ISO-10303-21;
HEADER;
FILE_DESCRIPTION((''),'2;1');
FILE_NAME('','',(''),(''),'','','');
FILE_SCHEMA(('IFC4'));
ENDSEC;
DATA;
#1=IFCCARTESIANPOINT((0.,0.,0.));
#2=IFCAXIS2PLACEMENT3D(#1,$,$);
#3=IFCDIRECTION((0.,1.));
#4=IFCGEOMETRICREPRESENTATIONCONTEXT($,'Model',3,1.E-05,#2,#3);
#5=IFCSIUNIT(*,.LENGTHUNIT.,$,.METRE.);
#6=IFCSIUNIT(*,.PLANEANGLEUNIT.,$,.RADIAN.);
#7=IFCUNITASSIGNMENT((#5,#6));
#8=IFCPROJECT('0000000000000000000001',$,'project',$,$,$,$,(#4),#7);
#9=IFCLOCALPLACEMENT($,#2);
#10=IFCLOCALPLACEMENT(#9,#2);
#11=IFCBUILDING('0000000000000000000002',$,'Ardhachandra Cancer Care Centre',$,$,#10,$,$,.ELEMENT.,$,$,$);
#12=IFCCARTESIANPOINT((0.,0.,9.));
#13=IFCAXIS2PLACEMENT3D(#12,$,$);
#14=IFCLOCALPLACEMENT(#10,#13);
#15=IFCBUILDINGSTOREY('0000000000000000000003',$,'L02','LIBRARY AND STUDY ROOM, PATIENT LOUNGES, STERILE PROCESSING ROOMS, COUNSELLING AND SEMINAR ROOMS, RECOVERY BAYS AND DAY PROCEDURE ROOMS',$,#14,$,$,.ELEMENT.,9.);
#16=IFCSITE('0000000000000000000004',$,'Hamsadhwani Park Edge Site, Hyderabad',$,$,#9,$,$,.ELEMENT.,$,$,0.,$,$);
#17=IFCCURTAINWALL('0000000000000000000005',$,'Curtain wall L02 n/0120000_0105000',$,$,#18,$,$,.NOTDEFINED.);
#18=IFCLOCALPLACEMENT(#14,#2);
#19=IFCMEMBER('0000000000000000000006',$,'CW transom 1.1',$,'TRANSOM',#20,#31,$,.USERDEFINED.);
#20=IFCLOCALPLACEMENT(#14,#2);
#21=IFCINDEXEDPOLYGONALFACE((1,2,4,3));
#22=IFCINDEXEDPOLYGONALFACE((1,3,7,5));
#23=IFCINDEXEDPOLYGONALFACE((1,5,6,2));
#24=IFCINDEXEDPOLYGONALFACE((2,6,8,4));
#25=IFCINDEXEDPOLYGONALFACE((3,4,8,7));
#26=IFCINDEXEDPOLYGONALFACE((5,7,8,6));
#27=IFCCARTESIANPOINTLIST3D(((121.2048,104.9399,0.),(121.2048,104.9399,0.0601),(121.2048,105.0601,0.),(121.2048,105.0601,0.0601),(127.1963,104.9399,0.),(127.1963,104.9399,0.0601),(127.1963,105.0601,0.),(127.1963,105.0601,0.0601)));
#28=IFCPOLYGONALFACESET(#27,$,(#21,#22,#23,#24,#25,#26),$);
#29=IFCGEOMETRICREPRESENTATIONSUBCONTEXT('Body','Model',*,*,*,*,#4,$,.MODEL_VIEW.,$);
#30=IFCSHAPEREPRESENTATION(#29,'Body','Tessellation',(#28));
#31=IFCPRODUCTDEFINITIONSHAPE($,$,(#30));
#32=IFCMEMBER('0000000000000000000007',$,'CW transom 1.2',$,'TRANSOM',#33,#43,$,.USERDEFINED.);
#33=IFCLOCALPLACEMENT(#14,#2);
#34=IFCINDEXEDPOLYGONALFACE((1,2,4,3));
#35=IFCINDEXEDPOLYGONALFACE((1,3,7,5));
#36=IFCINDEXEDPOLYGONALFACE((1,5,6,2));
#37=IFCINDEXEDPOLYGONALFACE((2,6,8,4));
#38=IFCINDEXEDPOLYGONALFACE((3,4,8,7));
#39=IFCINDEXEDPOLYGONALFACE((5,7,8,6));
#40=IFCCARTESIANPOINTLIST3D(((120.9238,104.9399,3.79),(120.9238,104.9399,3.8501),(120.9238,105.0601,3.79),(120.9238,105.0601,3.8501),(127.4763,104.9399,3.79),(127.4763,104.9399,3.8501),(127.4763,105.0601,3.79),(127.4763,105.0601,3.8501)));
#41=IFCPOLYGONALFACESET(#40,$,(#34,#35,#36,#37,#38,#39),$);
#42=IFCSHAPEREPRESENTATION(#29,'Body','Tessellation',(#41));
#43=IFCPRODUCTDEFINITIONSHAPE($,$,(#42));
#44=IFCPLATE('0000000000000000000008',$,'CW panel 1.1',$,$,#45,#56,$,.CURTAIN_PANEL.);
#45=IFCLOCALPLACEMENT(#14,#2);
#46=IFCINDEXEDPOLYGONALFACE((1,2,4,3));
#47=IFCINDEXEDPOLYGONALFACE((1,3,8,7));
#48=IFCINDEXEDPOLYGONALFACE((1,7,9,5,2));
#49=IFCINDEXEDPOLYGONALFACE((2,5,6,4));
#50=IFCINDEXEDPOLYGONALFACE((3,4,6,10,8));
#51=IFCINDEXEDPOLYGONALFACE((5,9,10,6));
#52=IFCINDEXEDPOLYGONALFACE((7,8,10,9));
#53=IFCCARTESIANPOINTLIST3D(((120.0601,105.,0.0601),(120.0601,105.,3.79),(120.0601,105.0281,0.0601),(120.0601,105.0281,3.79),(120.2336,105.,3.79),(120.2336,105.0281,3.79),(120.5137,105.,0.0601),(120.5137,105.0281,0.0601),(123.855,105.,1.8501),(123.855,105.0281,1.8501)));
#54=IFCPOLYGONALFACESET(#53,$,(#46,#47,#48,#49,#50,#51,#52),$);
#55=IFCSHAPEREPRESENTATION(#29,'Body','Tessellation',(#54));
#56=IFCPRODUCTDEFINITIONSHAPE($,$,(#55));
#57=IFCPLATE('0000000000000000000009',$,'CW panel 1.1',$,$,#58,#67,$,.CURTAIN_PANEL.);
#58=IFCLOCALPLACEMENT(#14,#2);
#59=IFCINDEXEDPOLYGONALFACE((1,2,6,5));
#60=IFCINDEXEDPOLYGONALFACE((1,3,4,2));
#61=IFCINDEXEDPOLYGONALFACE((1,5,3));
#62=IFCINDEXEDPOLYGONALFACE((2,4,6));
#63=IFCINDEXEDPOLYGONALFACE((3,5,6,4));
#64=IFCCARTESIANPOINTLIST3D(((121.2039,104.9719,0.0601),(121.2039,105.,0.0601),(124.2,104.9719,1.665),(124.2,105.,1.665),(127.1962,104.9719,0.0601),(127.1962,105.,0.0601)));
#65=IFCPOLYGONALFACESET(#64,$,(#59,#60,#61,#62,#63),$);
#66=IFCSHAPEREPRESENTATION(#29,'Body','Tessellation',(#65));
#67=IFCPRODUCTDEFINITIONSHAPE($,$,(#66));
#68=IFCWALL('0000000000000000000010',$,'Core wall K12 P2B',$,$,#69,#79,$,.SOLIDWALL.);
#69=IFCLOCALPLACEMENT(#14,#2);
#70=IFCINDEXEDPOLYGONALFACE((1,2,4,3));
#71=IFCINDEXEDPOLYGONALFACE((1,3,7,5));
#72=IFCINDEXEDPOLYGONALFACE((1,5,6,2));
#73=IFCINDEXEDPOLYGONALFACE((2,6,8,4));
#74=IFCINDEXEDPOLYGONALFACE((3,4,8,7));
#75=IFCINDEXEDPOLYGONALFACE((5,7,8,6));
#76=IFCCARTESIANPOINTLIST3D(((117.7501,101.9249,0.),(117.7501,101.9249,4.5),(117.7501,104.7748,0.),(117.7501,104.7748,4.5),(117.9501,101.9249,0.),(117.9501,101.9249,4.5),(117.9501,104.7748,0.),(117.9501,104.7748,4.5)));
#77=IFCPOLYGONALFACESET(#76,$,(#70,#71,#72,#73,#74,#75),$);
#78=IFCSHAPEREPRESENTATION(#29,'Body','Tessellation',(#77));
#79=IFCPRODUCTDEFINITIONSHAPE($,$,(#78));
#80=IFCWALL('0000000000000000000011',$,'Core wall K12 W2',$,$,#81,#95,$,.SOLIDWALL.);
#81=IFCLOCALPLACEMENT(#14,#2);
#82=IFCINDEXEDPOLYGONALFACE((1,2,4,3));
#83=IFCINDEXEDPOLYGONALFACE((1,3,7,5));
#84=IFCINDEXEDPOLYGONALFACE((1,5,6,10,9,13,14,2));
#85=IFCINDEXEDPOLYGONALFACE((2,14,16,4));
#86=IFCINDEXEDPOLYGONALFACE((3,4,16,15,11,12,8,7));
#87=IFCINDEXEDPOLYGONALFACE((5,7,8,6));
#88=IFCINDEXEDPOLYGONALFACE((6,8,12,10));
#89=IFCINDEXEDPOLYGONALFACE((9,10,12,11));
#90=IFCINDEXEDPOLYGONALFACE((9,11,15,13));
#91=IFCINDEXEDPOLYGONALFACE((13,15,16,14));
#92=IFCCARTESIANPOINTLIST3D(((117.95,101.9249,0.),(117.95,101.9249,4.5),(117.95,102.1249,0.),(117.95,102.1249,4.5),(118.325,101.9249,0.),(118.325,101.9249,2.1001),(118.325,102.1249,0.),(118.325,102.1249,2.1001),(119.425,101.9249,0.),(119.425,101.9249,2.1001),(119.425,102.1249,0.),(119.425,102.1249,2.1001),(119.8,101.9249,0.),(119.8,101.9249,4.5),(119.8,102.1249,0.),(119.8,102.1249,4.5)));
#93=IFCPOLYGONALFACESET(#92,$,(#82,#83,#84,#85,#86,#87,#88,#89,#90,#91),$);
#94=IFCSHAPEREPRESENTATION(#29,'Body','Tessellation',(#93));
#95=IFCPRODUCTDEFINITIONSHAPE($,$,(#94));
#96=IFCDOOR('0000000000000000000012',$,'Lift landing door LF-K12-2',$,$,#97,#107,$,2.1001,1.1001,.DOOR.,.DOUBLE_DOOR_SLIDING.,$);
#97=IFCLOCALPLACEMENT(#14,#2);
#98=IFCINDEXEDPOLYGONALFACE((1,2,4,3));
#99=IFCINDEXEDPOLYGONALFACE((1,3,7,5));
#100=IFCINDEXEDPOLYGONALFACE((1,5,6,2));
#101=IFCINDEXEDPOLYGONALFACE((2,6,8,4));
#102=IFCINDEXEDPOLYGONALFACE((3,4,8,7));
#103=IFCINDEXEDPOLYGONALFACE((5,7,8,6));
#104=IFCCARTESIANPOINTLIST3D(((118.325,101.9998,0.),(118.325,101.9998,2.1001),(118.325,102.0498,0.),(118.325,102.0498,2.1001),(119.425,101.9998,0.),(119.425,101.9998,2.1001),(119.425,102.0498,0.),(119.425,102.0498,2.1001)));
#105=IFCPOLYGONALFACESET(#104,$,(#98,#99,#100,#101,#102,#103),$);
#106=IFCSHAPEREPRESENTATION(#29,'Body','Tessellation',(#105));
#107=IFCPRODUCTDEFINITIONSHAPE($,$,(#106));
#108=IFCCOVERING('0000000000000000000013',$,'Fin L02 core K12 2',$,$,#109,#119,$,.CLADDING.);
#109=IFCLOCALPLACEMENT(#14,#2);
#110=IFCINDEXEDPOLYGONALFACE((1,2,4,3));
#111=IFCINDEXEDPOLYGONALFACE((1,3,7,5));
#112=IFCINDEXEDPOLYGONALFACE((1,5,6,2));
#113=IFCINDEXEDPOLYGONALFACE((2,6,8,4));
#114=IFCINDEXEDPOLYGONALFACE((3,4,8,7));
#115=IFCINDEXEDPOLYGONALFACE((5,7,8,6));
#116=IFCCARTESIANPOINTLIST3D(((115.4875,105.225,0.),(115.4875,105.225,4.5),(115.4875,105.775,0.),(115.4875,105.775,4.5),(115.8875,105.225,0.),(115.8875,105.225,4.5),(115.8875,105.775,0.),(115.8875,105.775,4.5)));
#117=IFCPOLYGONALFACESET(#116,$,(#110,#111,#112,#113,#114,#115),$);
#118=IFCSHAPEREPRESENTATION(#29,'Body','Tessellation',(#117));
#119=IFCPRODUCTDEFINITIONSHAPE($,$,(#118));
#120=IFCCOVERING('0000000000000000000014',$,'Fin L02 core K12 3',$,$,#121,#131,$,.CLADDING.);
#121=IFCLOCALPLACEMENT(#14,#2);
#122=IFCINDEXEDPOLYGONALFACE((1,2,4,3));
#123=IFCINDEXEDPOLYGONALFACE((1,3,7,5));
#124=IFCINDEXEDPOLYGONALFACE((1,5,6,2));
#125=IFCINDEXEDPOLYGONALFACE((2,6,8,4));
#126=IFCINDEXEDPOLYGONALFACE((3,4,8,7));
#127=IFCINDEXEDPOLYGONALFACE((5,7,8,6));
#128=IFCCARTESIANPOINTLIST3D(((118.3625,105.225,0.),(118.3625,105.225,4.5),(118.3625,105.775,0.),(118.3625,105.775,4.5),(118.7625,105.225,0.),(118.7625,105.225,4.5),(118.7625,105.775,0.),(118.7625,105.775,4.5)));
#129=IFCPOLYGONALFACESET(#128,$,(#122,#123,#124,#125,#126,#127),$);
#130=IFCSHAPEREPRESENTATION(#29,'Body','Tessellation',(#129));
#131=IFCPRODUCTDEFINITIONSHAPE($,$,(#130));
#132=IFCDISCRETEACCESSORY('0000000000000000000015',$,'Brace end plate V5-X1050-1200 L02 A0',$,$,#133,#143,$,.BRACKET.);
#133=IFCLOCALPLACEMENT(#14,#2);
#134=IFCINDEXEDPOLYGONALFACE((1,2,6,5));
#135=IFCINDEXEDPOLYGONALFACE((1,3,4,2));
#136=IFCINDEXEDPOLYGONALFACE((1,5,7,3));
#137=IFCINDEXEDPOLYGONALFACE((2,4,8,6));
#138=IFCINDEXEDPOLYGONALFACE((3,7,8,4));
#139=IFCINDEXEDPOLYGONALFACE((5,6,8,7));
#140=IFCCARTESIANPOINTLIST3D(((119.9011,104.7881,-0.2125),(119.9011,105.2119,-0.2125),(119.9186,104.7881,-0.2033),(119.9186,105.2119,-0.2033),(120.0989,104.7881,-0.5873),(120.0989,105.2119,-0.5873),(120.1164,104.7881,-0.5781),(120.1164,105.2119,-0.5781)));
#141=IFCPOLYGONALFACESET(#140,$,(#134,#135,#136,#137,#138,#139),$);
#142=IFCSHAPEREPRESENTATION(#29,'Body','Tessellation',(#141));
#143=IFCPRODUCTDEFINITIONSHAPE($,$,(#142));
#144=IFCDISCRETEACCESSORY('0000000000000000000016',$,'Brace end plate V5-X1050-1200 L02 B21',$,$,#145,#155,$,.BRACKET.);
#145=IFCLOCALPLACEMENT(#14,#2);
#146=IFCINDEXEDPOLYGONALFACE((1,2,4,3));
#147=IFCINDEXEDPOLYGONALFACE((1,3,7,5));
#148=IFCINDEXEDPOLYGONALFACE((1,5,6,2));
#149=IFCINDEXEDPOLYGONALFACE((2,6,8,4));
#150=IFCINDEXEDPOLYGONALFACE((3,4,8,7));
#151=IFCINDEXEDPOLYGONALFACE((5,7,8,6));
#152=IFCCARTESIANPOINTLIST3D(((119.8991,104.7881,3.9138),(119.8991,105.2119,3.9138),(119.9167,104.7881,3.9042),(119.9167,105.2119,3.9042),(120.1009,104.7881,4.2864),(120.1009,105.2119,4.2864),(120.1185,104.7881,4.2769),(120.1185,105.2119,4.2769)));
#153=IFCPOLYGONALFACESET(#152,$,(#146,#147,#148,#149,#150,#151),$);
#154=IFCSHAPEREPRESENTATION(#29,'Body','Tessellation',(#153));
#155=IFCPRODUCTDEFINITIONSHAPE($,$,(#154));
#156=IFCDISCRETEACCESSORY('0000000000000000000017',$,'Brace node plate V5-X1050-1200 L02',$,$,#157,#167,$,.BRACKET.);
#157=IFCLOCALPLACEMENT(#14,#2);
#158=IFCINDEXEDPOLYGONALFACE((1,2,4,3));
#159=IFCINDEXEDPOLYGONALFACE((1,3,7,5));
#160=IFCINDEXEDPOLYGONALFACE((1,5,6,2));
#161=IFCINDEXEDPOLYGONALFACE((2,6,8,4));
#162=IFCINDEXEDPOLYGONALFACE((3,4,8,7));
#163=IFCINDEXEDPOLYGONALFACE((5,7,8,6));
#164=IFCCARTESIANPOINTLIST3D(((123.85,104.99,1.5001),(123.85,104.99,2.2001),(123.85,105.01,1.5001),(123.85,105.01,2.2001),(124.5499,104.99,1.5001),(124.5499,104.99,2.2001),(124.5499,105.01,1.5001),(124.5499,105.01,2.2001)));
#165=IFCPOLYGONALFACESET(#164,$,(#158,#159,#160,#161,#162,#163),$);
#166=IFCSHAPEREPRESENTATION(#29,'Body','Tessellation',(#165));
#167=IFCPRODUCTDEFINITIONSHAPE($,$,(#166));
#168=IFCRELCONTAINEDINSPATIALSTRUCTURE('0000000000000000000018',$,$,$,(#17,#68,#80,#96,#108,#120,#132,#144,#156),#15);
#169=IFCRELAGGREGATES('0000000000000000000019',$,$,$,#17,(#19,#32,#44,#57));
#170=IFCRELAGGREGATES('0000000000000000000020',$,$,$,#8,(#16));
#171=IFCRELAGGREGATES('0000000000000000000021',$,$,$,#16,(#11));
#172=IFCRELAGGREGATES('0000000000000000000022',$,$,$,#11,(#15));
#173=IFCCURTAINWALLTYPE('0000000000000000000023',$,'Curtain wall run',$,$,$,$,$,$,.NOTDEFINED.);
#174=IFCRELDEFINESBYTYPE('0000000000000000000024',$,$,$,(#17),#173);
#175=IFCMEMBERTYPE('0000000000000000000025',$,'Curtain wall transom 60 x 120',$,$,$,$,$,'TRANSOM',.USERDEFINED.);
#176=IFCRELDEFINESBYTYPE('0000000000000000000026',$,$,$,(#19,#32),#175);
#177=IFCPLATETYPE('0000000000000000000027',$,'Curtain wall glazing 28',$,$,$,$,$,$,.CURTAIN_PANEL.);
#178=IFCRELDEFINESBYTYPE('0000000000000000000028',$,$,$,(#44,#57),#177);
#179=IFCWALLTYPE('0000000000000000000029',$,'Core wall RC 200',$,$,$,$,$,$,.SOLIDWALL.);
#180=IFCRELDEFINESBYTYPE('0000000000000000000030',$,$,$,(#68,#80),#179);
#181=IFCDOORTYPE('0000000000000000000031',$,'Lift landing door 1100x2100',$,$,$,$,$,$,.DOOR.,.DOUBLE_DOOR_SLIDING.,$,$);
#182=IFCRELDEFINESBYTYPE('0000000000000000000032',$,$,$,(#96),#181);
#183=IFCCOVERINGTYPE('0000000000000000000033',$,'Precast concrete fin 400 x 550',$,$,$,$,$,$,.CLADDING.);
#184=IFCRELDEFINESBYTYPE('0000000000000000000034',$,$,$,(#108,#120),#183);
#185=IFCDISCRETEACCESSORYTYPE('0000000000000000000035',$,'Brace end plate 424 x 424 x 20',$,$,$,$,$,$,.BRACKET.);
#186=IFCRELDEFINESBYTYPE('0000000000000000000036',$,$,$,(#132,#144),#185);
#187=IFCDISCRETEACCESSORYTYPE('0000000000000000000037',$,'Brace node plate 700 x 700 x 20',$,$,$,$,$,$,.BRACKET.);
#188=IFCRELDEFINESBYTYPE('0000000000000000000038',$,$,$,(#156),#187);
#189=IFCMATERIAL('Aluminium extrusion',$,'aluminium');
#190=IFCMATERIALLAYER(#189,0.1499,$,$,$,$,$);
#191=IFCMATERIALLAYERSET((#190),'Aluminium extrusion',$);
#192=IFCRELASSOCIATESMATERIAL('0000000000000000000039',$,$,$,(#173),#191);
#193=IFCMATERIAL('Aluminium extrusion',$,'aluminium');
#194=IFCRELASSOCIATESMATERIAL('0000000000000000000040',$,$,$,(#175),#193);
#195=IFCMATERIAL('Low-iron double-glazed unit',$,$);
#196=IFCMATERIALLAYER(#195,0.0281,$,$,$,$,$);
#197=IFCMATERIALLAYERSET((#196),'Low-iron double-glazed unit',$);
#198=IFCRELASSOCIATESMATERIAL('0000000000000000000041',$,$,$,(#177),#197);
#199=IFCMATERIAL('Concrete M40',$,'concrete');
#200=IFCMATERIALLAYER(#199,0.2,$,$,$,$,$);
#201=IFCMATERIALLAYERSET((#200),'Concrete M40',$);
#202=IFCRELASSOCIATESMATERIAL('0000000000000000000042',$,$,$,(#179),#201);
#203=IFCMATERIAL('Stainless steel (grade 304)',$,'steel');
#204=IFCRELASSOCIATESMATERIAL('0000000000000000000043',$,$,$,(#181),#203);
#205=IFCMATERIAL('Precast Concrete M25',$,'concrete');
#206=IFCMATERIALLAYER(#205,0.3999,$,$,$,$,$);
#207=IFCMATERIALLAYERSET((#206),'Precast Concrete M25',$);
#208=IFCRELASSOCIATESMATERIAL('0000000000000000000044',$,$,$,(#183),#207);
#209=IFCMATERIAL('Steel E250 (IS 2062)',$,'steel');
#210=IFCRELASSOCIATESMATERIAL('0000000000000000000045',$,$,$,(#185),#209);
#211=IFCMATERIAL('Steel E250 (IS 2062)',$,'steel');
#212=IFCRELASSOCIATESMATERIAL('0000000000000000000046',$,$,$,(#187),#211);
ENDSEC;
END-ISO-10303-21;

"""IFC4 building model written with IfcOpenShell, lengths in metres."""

from ifc_helpers import new_model, si_unit, direction, frame, frame_2d, origin, origin_2d, place, context, subcontext, project, spatial, polyline, rectangle, outline, extrude, material, layer, layer_set, material_profile, profile_set, type_object, element, fill, aggregate, save


model = new_model("IFC4")

# Units and contexts
model_context = context("Model", 3, precision=1e-05, world=origin(), true_north=direction((0.0, 1.0)))
body_context = subcontext(model_context, "Body", "Model", "MODEL_VIEW")
ifc_project = project(units=[si_unit("LENGTHUNIT", "METRE"), si_unit("PLANEANGLEUNIT", "RADIAN")], contexts=[model_context])

# Site, building, storey
site_placement = place(None, origin())
site = spatial("IfcSite", under=ifc_project, at=site_placement, Name="Hamsadhwani Park Edge Site, Hyderabad", CompositionType="ELEMENT", RefElevation=0.0)
building_placement = place(site_placement, origin())
building = spatial("IfcBuilding", under=site, at=building_placement, Name="Ardhachandra Cancer Care Centre", CompositionType="ELEMENT")
storey_placement = place(building_placement, frame((0.0, 0.0, 9.0)))
storey = spatial("IfcBuildingStorey", under=building, at=storey_placement, Name="L02", Description="LIBRARY AND STUDY ROOM, PATIENT LOUNGES, STERILE PROCESSING ROOMS, COUNSELLING AND SEMINAR ROOMS, RECOVERY BAYS AND DAY PROCEDURE ROOMS", CompositionType="ELEMENT", Elevation=9.0)

# Curtain wall, members, plates
ifc_material_1 = material(Name="Aluminium extrusion", Category="aluminium")
ifc_layer_1 = layer(ifc_material_1, 0.1499)
ifc_layer_set_1 = layer_set([ifc_layer_1], Name="Aluminium extrusion")
curtain_wall_type = type_object("IfcCurtainWallType", Name="Curtain wall run", PredefinedType="NOTDEFINED", material=ifc_layer_set_1)
curtain_wall_placement = place(storey_placement, origin())
curtain_wall = element("IfcCurtainWall", 1, at=curtain_wall_placement, inside=storey, type_object=curtain_wall_type, Name="Curtain wall L02 n/0120000_0105000", PredefinedType="NOTDEFINED")
ifc_material_2 = material(Name="Aluminium extrusion", Category="aluminium")
ifc_material_profile_1 = material_profile(ifc_material_2, rectangle(XDim=0.1201, YDim=0.0601, at=origin_2d()), Name="Curtain wall transom 60 x 120")
ifc_profile_set_1 = profile_set([ifc_material_profile_1], Name="Aluminium extrusion")
member_type_1 = type_object("IfcMemberType", Name="Curtain wall transom 60 x 120", ElementType="TRANSOM", PredefinedType="USERDEFINED", material=ifc_profile_set_1)
member_1_placement = place(storey_placement, frame((121.2048, 105.0, 0.03), z_axis=(1.0, 0.0, 0.0), x_axis=(0.0, 1.0, 0.0)))
member_1 = element("IfcMember", 2, at=member_1_placement, type_object=member_type_1, Name="CW transom 1.1", ObjectType="TRANSOM", PredefinedType="USERDEFINED", context=body_context, shape_type="SweptSolid", body=[
    extrude(rectangle(XDim=0.1201, YDim=0.0601, at=origin_2d()), origin(), (0.0, 0.0, 1.0), 5.9915),
])
member_2_placement = place(storey_placement, frame((120.9238, 105.0, 3.8201), z_axis=(1.0, 0.0, 0.0), x_axis=(0.0, 1.0, 0.0)))
member_2 = element("IfcMember", 3, at=member_2_placement, type_object=member_type_1, Name="CW transom 1.2", ObjectType="TRANSOM", PredefinedType="USERDEFINED", context=body_context, shape_type="SweptSolid", body=[
    extrude(rectangle(XDim=0.1201, YDim=0.0601, at=origin_2d()), origin(), (0.0, 0.0, 1.0), 6.5525),
])
ifc_material_3 = material(Name="Low-iron double-glazed unit")
ifc_layer_2 = layer(ifc_material_3, 0.0281)
ifc_layer_set_2 = layer_set([ifc_layer_2], Name="Low-iron double-glazed unit")
plate_type = type_object("IfcPlateType", Name="Curtain wall glazing 28", PredefinedType="CURTAIN_PANEL", material=ifc_layer_set_2)
plate_1_placement = place(storey_placement, frame((120.0601, 105.0, 0.0601), z_axis=(0.0, 1.0, 0.0), x_axis=(0.0, 0.0, 1.0)))
plate_1 = element("IfcPlate", 4, at=plate_1_placement, type_object=plate_type, Name="CW panel 1.1", PredefinedType="CURTAIN_PANEL", context=body_context, shape_type="SweptSolid", body=[
    extrude(outline(polyline([(0.0, 0.0), (3.73, 0.0), (3.73, 0.1736), (1.79, 3.7949), (0.0, 0.4536), (0.0, 0.0)])), origin(), (0.0, 0.0, 1.0), 0.0281),
])
plate_2_placement = place(storey_placement, frame((121.2039, 105.0, 0.0601), z_axis=(0.0, 1.0, 0.0), x_axis=(0.881489, 0.0, 0.472205)))
plate_2 = element("IfcPlate", 5, at=plate_2_placement, type_object=plate_type, Name="CW panel 1.1", PredefinedType="CURTAIN_PANEL", context=body_context, shape_type="SweptSolid", body=[
    extrude(outline(polyline([(0.0, 0.0), (3.3989, 0.0), (5.2822, 2.8296), (0.0, 0.0)])), frame((0.0, 0.0, -0.0281)), (0.0, 0.0, 1.0), 0.0281),
])
aggregate(curtain_wall, [member_1, member_2, plate_1, plate_2])

# Wall
ifc_material_4 = material(Name="Concrete M40", Category="concrete")
ifc_layer_3 = layer(ifc_material_4, 0.2)
ifc_layer_set_3 = layer_set([ifc_layer_3], Name="Concrete M40")
wall_type = type_object("IfcWallType", Name="Core wall RC 200", PredefinedType="SOLIDWALL", material=ifc_layer_set_3)
wall_1_placement = place(storey_placement, frame((117.8501, 101.925, 0.0), z_axis=(0.0, 0.0, 1.0), x_axis=(0.0, 1.0, 0.0)))
element("IfcWall", 6, at=wall_1_placement, inside=storey, type_object=wall_type, Name="Core wall K12 P2B", PredefinedType="SOLIDWALL", context=body_context, shape_type="SweptSolid", body=[
    extrude(rectangle(XDim=2.8499, YDim=0.2, at=frame_2d((1.4248, 0.0))), origin(), (0.0, 0.0, 1.0), 4.5),
])

# Wall, opening, door
wall_2_placement = place(storey_placement, frame((117.95, 102.0249, 0.0), z_axis=(0.0, 0.0, 1.0), x_axis=(1.0, 0.0, 0.0)))
wall_2 = element("IfcWall", 7, at=wall_2_placement, inside=storey, type_object=wall_type, Name="Core wall K12 W2", PredefinedType="SOLIDWALL", context=body_context, shape_type="SweptSolid", body=[
    extrude(rectangle(XDim=1.8501, YDim=0.2, at=frame_2d((0.925, 0.0))), origin(), (0.0, 0.0, 1.0), 4.5),
])
opening_placement = place(wall_2_placement, frame((0.375, 0.0, 0.0)))
opening = element("IfcOpeningElement", 8, at=opening_placement, cuts=wall_2, PredefinedType="OPENING", context=body_context, shape_type="SweptSolid", body=[
    extrude(rectangle(XDim=1.1001, YDim=2.1001, at=frame_2d((0.55, 1.05))), frame((0.0, 0.1099, 0.0), z_axis=(0.0, -1.0, 0.0), x_axis=(1.0, 0.0, 0.0)), (0.0, 0.0, 1.0), 0.22),
])
ifc_material_5 = material(Name="Stainless steel (grade 304)", Category="steel")
door_type = type_object("IfcDoorType", Name="Lift landing door 1100x2100", OperationType="DOUBLE_DOOR_SLIDING", PredefinedType="DOOR", material=ifc_material_5)
door_placement = place(opening_placement, origin())
door = element("IfcDoor", 9, at=door_placement, inside=storey, type_object=door_type, Name="Lift landing door LF-K12-2", OperationType="DOUBLE_DOOR_SLIDING", OverallHeight=2.1001, OverallWidth=1.1001, PredefinedType="DOOR", context=body_context, shape_type="SweptSolid", body=[
    extrude(rectangle(XDim=1.1001, YDim=2.1001, at=frame_2d((0.55, 1.05))), frame((0.0, 0.0249, 0.0), z_axis=(0.0, -1.0, 0.0), x_axis=(1.0, 0.0, 0.0)), (0.0, 0.0, 1.0), 0.05),
])
fill(opening, door)

# Coverings
ifc_material_6 = material(Name="Precast Concrete M25", Category="concrete")
ifc_layer_4 = layer(ifc_material_6, 0.3999)
ifc_layer_set_4 = layer_set([ifc_layer_4], Name="Precast Concrete M25")
covering_type = type_object("IfcCoveringType", Name="Precast concrete fin 400 x 550", PredefinedType="CLADDING", material=ifc_layer_set_4)
for number, where, z_axis, x_axis, name in (
    (10, (115.6875, 105.5, 0.0), (0.0, 0.0, 1.0), (1.0, 0.0, 0.0), "Fin L02 core K12 2"),
    (11, (118.5625, 105.5, 0.0), (0.0, 0.0, 1.0), (1.0, 0.0, 0.0), "Fin L02 core K12 3"),
):
    element("IfcCovering", number, at=place(storey_placement, frame(where, z_axis=z_axis, x_axis=x_axis)), inside=storey, type_object=covering_type, Name=name, PredefinedType="CLADDING", context=body_context, shape_type="SweptSolid", body=[
        extrude(rectangle(XDim=0.3999, YDim=0.55, at=origin_2d()), origin(), (0.0, 0.0, 1.0), 4.5),
    ])

# Discrete accessories
ifc_material_7 = material(Name="Steel E250 (IS 2062)", Category="steel")
ifc_material_profile_2 = material_profile(ifc_material_7, rectangle(XDim=0.4238, YDim=0.4238, at=origin_2d()), Name="PL 424x424x20")
ifc_profile_set_2 = profile_set([ifc_material_profile_2], Name="Steel E250 (IS 2062)")
discrete_accessory_type_1 = type_object("IfcDiscreteAccessoryType", Name="Brace end plate 424 x 424 x 20", PredefinedType="BRACKET", material=ifc_profile_set_2)
discrete_accessory_1_placement = place(storey_placement, frame((120.0, 105.0, -0.3999), z_axis=(0.884385, 0.0, 0.466759), x_axis=(0.0, 1.0, 0.0)))
element("IfcDiscreteAccessory", 12, at=discrete_accessory_1_placement, inside=storey, type_object=discrete_accessory_type_1, Name="Brace end plate V5-X1050-1200 L02 A0", PredefinedType="BRACKET", context=body_context, shape_type="SweptSolid", body=[
    extrude(rectangle(XDim=0.4238, YDim=0.4238, at=origin_2d()), origin(), (0.0, 0.0, 1.0), 0.0198),
])
discrete_accessory_2_placement = place(storey_placement, frame((120.0, 105.0, 4.1001), z_axis=(0.879292, 0.0, -0.476283), x_axis=(0.0, 1.0, 0.0)))
element("IfcDiscreteAccessory", 13, at=discrete_accessory_2_placement, inside=storey, type_object=discrete_accessory_type_1, Name="Brace end plate V5-X1050-1200 L02 B21", PredefinedType="BRACKET", context=body_context, shape_type="SweptSolid", body=[
    extrude(rectangle(XDim=0.4238, YDim=0.4238, at=origin_2d()), origin(), (0.0, 0.0, 1.0), 0.02),
])
ifc_material_8 = material(Name="Steel E250 (IS 2062)", Category="steel")
ifc_material_profile_3 = material_profile(ifc_material_8, rectangle(XDim=0.7, YDim=0.7, at=origin_2d()), Name="PL 700x700x20")
ifc_profile_set_3 = profile_set([ifc_material_profile_3], Name="Steel E250 (IS 2062)")
discrete_accessory_type_2 = type_object("IfcDiscreteAccessoryType", Name="Brace node plate 700 x 700 x 20", PredefinedType="BRACKET", material=ifc_profile_set_3)
discrete_accessory_3_placement = place(storey_placement, frame((124.2, 104.99, 1.8501), z_axis=(0.0, 1.0, 0.0), x_axis=(-1.0, 0.0, 0.0)))
element("IfcDiscreteAccessory", 14, at=discrete_accessory_3_placement, inside=storey, type_object=discrete_accessory_type_2, Name="Brace node plate V5-X1050-1200 L02", PredefinedType="BRACKET", context=body_context, shape_type="SweptSolid", body=[
    extrude(rectangle(XDim=0.7, YDim=0.7, at=origin_2d()), origin(), (0.0, 0.0, 1.0), 0.02),
])

save(model, "model.ifc")
